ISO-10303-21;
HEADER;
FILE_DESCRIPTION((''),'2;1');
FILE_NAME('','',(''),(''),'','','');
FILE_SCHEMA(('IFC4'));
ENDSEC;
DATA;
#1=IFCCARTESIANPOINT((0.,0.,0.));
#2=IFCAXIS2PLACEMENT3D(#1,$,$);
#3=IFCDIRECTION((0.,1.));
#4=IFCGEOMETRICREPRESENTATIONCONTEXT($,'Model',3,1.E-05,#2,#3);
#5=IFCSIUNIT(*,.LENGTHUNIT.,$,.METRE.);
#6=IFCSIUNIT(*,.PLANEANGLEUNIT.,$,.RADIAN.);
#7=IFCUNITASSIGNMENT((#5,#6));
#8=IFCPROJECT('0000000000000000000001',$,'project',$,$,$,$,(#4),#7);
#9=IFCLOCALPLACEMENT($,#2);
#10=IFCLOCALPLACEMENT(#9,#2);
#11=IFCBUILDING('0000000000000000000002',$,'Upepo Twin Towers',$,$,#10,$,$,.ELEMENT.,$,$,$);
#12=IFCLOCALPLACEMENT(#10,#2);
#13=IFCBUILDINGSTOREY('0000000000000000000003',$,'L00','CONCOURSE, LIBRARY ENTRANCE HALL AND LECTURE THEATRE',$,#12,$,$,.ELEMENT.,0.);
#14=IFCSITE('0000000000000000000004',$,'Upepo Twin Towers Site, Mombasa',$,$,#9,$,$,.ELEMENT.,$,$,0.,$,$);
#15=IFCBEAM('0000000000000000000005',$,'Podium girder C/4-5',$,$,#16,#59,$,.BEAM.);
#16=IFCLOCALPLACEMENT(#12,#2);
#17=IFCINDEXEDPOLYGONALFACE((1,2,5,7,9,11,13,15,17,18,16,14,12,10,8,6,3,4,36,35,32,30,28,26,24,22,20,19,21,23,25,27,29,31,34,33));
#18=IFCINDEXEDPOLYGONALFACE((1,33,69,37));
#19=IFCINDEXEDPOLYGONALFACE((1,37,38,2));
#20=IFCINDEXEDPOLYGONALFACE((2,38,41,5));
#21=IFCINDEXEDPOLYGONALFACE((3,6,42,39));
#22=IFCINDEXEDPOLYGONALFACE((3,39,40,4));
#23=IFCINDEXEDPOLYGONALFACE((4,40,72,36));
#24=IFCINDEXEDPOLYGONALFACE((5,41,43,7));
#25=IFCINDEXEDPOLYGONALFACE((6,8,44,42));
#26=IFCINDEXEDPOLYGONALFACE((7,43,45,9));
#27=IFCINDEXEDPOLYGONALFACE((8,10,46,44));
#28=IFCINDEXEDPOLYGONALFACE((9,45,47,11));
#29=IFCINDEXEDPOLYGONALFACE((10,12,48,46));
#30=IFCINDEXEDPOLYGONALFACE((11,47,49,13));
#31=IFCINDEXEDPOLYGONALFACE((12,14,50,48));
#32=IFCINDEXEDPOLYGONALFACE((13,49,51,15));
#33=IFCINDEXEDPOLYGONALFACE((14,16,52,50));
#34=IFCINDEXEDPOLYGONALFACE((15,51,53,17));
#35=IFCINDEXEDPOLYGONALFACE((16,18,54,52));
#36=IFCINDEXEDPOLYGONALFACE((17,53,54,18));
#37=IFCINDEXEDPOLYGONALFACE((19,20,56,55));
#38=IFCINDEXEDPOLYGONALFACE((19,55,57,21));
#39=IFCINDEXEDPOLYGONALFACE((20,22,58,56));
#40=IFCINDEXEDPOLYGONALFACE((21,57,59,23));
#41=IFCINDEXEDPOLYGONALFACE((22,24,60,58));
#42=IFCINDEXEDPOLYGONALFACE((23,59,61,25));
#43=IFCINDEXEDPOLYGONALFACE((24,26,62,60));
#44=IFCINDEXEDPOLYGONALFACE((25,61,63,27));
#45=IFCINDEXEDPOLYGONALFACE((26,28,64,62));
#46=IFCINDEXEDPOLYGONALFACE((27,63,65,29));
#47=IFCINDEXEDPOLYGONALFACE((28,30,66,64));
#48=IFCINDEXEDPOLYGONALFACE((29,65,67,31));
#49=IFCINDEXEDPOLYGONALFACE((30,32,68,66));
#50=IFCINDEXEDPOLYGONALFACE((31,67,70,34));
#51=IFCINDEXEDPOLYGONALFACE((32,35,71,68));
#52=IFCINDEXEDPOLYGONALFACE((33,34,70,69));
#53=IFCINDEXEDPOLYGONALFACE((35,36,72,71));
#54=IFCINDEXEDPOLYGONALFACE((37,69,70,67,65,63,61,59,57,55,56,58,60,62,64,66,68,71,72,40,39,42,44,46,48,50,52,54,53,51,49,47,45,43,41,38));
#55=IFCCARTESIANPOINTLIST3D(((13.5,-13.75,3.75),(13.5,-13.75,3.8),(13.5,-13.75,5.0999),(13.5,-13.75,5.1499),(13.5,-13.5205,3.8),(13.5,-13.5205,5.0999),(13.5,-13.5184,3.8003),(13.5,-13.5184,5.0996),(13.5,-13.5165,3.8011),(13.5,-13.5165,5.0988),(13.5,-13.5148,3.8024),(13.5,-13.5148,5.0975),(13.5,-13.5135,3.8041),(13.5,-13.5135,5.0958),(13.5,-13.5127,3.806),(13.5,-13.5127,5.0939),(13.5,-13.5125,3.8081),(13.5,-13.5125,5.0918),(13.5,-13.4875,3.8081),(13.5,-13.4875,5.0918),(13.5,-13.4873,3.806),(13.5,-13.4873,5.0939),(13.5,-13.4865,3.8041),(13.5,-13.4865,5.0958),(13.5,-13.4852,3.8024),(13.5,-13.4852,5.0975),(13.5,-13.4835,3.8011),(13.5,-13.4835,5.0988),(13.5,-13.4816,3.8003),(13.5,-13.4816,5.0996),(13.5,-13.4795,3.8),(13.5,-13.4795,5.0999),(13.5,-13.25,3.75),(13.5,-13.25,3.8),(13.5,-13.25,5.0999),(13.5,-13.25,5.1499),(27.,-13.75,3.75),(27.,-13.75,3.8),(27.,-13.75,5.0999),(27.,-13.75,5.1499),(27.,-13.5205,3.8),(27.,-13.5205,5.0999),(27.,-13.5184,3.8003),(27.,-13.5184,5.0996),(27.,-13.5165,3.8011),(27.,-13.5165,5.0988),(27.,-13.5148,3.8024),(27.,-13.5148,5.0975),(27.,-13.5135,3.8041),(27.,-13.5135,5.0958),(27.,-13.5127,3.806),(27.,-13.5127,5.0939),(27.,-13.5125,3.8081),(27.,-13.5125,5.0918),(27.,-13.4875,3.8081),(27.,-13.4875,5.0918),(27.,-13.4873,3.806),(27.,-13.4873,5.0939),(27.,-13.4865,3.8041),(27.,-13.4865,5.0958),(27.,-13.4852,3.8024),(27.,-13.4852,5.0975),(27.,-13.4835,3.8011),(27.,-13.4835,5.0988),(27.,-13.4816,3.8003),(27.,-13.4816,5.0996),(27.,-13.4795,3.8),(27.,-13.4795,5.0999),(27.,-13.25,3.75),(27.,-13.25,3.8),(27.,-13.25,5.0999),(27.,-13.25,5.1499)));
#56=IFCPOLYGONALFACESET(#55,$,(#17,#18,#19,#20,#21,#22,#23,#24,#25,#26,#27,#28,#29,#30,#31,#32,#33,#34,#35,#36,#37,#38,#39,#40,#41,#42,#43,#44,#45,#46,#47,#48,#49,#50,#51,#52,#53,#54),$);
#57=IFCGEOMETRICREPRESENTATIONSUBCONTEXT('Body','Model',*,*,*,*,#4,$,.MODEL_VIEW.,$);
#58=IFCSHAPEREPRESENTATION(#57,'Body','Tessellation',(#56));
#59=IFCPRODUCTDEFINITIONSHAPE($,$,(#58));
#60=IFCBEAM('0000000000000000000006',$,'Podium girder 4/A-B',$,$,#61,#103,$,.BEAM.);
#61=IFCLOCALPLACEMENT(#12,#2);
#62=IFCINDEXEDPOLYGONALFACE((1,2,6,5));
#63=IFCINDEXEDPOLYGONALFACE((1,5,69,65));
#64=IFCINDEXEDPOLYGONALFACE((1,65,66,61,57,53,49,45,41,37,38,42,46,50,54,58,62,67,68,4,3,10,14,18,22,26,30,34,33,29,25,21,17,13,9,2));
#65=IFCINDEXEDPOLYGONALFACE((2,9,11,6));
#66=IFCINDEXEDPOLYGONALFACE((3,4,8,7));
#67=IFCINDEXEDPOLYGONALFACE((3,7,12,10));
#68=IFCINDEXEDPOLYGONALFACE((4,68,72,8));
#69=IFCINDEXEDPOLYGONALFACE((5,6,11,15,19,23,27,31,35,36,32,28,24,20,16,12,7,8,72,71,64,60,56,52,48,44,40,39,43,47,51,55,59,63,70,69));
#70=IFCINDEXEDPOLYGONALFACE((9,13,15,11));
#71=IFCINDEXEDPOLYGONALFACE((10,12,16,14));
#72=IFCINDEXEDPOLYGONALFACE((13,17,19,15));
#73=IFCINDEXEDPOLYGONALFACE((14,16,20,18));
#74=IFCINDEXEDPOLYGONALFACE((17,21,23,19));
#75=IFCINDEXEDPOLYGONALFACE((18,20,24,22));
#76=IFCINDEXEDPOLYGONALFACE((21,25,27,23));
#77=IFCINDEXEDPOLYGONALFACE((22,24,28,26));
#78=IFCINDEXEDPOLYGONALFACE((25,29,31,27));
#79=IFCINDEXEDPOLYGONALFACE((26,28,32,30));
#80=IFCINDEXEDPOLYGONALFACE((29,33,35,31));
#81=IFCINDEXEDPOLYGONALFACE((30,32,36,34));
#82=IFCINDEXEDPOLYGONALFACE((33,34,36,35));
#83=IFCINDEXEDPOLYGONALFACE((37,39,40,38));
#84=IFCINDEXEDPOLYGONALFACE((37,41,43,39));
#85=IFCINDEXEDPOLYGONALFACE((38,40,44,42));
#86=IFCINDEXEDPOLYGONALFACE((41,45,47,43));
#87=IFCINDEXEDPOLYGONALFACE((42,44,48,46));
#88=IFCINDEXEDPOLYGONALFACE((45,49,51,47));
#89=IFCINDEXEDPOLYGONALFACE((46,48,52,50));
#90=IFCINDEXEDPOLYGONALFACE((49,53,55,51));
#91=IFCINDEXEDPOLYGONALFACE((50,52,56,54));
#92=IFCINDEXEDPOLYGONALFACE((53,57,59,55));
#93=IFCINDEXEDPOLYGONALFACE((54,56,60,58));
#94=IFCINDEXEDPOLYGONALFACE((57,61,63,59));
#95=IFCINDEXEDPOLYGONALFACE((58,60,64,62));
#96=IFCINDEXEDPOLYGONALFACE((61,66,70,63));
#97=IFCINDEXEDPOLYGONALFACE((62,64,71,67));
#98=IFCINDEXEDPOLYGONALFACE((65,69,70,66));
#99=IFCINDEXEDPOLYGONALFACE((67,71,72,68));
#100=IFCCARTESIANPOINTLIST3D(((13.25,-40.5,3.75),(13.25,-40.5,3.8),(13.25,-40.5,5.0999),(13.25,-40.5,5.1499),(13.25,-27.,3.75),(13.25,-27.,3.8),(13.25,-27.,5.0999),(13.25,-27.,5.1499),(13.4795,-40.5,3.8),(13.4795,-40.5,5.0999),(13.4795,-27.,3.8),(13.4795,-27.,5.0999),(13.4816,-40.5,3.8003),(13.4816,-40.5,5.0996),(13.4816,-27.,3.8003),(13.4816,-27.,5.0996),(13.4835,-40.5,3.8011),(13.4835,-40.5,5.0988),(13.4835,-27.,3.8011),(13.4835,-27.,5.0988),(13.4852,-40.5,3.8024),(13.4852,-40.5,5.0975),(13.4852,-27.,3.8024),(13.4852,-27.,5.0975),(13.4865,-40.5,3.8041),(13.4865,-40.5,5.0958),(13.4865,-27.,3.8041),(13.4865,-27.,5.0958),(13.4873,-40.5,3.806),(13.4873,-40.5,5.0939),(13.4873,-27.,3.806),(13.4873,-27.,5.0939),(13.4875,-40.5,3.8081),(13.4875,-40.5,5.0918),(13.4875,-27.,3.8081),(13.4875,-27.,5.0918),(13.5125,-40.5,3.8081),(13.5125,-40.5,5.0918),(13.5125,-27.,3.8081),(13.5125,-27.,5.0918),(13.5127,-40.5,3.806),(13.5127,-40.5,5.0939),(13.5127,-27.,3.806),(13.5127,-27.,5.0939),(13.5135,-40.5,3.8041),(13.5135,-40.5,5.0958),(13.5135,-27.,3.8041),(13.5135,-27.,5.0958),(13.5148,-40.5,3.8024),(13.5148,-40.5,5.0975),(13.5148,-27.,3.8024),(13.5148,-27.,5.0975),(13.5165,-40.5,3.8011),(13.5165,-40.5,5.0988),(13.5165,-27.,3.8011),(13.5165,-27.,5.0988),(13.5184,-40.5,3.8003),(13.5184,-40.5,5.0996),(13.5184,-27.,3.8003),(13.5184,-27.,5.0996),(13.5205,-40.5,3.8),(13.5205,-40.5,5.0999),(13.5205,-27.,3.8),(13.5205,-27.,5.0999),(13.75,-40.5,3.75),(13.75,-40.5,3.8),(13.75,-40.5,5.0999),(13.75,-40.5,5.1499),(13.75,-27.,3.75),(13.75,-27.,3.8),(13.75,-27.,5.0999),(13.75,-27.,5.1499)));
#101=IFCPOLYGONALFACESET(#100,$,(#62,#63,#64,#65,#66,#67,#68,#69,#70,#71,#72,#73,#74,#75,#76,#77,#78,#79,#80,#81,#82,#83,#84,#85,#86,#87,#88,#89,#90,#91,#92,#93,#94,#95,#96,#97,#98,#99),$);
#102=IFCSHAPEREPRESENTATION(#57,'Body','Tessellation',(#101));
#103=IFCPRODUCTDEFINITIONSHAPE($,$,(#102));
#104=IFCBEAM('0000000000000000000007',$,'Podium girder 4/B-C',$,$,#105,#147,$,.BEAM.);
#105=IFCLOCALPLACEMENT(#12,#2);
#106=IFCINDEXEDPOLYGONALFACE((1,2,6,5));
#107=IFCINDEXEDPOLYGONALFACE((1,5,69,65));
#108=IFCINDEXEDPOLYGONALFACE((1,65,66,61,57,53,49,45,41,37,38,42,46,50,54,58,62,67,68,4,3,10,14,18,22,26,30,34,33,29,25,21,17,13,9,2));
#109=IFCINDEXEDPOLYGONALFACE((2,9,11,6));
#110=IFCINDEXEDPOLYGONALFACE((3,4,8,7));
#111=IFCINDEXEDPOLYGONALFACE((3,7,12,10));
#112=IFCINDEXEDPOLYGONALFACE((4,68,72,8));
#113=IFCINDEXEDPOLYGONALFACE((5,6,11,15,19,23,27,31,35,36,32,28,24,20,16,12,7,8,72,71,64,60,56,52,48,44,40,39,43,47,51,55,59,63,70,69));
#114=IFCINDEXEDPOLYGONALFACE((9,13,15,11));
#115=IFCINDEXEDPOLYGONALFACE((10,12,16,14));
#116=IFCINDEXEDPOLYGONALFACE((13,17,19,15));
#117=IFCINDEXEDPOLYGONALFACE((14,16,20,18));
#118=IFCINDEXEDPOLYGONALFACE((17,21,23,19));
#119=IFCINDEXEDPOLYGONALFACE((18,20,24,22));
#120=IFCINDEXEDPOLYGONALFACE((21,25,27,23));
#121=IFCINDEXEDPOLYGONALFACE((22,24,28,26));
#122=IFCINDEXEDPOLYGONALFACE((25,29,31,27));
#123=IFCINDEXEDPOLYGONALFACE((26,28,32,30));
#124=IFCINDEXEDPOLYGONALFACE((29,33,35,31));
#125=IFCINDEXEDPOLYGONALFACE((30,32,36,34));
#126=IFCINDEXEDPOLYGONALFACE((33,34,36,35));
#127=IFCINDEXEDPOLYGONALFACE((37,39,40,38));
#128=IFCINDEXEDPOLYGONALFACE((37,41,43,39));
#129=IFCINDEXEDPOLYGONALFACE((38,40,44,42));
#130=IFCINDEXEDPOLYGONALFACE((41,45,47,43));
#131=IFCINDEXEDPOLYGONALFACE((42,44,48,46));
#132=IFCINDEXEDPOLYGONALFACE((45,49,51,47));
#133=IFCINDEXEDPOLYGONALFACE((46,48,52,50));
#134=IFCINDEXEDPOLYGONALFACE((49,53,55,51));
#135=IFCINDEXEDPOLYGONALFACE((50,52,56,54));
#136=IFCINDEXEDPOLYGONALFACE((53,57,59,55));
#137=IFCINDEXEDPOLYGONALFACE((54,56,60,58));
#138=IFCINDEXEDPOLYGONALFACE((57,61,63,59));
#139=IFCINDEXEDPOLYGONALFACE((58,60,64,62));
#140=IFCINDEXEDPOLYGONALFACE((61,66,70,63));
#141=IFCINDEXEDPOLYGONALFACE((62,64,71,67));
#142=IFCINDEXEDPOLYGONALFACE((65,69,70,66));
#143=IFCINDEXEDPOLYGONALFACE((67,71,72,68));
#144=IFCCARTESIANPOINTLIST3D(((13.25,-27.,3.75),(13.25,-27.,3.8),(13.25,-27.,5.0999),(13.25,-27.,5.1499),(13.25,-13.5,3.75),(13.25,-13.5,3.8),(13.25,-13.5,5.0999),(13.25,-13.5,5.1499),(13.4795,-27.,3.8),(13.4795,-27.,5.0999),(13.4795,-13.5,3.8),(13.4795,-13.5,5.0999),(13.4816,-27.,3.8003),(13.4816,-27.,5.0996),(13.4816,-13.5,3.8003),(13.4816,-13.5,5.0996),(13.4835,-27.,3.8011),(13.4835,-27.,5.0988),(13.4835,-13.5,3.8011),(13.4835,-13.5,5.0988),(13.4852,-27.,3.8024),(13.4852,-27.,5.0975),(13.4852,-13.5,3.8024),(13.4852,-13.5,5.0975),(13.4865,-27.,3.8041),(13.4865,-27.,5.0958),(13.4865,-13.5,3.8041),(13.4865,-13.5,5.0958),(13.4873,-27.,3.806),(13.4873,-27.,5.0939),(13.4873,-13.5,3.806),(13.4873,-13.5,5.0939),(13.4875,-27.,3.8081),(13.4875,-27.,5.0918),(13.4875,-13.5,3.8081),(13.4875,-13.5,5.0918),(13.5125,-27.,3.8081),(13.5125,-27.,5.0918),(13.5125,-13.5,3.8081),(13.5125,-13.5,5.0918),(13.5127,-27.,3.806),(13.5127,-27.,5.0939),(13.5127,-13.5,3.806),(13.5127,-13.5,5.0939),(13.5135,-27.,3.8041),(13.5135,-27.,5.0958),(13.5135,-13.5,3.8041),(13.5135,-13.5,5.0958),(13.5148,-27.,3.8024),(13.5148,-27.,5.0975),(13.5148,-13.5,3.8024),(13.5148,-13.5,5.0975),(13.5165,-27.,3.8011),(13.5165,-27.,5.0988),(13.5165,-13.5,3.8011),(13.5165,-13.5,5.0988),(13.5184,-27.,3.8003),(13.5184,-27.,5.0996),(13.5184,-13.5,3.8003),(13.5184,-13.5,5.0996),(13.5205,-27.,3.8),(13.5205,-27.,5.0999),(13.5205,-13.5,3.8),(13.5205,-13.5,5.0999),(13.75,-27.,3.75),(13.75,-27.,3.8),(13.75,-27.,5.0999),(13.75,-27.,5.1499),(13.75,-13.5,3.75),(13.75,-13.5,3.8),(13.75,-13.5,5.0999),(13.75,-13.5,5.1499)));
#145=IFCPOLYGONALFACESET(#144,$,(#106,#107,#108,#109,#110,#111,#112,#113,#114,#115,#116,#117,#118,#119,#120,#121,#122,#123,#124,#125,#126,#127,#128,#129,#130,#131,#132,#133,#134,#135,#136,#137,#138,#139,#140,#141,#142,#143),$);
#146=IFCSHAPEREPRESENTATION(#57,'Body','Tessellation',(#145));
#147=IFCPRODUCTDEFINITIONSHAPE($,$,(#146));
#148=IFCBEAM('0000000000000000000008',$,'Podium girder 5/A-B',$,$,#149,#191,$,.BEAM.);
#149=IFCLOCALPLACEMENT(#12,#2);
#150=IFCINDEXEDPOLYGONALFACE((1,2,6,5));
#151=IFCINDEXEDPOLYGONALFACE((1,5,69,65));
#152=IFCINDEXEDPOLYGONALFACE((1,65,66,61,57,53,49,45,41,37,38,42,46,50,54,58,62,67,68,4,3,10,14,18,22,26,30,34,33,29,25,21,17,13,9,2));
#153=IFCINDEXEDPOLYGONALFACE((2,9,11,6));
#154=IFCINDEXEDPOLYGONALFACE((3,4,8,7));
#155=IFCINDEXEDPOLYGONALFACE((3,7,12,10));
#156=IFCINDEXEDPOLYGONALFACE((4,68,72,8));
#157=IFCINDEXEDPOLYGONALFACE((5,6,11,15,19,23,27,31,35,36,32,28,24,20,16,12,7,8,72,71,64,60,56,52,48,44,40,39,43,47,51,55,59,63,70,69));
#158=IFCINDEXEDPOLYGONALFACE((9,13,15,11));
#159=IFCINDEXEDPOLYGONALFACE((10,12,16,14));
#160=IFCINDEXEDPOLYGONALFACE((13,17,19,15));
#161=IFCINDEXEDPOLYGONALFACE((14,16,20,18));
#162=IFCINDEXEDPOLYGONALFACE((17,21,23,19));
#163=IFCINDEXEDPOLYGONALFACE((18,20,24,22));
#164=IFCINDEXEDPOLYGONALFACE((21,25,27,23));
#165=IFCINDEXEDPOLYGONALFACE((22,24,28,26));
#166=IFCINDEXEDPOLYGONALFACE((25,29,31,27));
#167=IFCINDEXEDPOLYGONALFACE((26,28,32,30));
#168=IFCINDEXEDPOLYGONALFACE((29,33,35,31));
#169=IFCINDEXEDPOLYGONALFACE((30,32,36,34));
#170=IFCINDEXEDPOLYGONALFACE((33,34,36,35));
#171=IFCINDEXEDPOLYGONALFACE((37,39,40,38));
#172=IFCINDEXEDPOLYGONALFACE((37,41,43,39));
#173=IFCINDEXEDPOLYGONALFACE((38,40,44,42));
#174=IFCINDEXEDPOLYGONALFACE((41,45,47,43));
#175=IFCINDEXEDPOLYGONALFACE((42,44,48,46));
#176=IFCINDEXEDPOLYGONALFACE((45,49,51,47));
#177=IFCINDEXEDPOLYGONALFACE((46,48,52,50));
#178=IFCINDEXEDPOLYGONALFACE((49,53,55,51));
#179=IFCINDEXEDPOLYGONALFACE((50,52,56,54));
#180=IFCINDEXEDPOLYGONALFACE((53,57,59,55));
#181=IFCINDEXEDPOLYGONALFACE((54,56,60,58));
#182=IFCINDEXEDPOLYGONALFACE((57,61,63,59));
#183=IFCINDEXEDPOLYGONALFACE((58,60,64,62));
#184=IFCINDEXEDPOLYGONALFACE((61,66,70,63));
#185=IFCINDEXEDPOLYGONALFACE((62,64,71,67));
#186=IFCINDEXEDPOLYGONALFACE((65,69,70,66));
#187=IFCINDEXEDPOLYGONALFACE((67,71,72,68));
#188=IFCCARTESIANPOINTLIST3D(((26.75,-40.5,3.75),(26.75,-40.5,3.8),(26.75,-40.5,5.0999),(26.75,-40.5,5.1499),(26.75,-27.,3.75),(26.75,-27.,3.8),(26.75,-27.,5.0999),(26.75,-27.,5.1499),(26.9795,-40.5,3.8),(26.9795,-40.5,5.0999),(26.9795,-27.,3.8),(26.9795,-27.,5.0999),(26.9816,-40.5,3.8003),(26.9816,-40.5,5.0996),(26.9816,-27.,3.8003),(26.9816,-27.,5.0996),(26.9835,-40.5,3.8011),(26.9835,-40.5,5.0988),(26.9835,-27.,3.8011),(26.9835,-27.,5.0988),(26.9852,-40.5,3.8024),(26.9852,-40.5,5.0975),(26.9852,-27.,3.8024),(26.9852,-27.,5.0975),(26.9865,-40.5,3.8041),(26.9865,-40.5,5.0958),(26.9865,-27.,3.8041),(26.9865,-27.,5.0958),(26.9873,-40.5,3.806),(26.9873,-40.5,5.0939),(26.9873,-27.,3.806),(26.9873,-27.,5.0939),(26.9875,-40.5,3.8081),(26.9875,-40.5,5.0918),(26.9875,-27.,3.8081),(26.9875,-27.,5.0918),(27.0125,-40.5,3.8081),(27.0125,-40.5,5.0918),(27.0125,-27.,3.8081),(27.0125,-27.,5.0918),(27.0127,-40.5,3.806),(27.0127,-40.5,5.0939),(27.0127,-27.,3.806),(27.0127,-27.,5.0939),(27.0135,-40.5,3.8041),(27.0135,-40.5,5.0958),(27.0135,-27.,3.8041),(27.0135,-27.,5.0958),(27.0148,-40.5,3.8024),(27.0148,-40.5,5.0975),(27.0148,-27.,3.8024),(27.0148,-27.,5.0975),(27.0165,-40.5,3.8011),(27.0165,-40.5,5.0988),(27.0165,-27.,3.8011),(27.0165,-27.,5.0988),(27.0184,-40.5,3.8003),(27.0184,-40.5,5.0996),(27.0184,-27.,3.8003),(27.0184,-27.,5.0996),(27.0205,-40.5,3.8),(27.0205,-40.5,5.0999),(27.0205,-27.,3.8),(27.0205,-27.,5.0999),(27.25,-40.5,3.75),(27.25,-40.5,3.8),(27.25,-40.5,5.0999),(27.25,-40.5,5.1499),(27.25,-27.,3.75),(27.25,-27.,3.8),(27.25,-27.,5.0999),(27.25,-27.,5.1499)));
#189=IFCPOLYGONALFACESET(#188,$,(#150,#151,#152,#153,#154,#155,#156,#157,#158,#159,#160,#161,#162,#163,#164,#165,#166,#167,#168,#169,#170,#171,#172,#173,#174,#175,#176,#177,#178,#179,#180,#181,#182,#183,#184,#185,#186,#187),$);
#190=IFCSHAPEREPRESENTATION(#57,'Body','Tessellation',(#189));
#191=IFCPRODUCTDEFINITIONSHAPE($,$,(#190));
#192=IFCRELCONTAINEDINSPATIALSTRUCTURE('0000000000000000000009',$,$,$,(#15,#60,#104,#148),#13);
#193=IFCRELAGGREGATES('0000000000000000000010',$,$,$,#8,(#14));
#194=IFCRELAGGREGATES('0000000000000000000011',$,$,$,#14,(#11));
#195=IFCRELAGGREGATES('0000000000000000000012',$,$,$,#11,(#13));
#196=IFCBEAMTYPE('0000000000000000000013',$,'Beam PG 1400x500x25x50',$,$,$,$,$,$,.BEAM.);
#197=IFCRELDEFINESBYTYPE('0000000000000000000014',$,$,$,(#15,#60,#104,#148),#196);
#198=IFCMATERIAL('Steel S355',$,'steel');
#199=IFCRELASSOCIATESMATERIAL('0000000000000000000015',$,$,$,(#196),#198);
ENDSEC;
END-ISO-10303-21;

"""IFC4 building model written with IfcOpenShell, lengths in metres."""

from ifc_helpers import new_model, si_unit, direction, frame, origin, origin_2d, place, context, subcontext, project, spatial, i_section, extrude, material, material_profile, profile_set, type_object, element, save


model = new_model("IFC4")

# Units and contexts
model_context = context("Model", 3, precision=1e-05, world=origin(), true_north=direction((0.0, 1.0)))
body_context = subcontext(model_context, "Body", "Model", "MODEL_VIEW")
ifc_project = project(units=[si_unit("LENGTHUNIT", "METRE"), si_unit("PLANEANGLEUNIT", "RADIAN")], contexts=[model_context])

# Site, building, storey
site_placement = place(None, origin())
site = spatial("IfcSite", under=ifc_project, at=site_placement, Name="Upepo Twin Towers Site, Mombasa", CompositionType="ELEMENT", RefElevation=0.0)
building_placement = place(site_placement, origin())
building = spatial("IfcBuilding", under=site, at=building_placement, Name="Upepo Twin Towers", CompositionType="ELEMENT")
storey_placement = place(building_placement, origin())
storey = spatial("IfcBuildingStorey", under=building, at=storey_placement, Name="L00", Description="CONCOURSE, LIBRARY ENTRANCE HALL AND LECTURE THEATRE", CompositionType="ELEMENT", Elevation=0.0)

# Beams
ifc_material_1 = material(Name="Steel S355", Category="steel")
ifc_material_profile_1 = material_profile(ifc_material_1, i_section(OverallWidth=0.5, OverallDepth=1.3999, WebThickness=0.0249, FlangeThickness=0.05, FilletRadius=0.0081, at=origin_2d()), Name="PG 1400x500x25x50")
ifc_profile_set_1 = profile_set([ifc_material_profile_1], Name="Steel S355")
beam_type_1 = type_object("IfcBeamType", Name="Beam PG 1400x500x25x50", PredefinedType="BEAM", material=ifc_profile_set_1)
for number, where, z_axis, x_axis, name in (
    (1, (13.5, -13.5, 4.45), (1.0, 0.0, 0.0), (0.0, 1.0, 0.0), "Podium girder C/4-5"),
    (2, (13.5, -40.5, 4.45), (0.0, 1.0, 0.0), (-1.0, 0.0, 0.0), "Podium girder 4/A-B"),
    (3, (13.5, -27.0, 4.45), (0.0, 1.0, 0.0), (-1.0, 0.0, 0.0), "Podium girder 4/B-C"),
    (4, (27.0, -40.5, 4.45), (0.0, 1.0, 0.0), (-1.0, 0.0, 0.0), "Podium girder 5/A-B"),
):
    element("IfcBeam", number, at=place(storey_placement, frame(where, z_axis=z_axis, x_axis=x_axis)), inside=storey, type_object=beam_type_1, Name=name, PredefinedType="BEAM", context=body_context, shape_type="SweptSolid", body=[
        extrude(i_section(OverallWidth=0.5, OverallDepth=1.3999, WebThickness=0.0249, FlangeThickness=0.05, FilletRadius=0.0081, at=origin_2d()), origin(), (0.0, 0.0, 1.0), 13.5),
    ])

save(model, "model.ifc")
